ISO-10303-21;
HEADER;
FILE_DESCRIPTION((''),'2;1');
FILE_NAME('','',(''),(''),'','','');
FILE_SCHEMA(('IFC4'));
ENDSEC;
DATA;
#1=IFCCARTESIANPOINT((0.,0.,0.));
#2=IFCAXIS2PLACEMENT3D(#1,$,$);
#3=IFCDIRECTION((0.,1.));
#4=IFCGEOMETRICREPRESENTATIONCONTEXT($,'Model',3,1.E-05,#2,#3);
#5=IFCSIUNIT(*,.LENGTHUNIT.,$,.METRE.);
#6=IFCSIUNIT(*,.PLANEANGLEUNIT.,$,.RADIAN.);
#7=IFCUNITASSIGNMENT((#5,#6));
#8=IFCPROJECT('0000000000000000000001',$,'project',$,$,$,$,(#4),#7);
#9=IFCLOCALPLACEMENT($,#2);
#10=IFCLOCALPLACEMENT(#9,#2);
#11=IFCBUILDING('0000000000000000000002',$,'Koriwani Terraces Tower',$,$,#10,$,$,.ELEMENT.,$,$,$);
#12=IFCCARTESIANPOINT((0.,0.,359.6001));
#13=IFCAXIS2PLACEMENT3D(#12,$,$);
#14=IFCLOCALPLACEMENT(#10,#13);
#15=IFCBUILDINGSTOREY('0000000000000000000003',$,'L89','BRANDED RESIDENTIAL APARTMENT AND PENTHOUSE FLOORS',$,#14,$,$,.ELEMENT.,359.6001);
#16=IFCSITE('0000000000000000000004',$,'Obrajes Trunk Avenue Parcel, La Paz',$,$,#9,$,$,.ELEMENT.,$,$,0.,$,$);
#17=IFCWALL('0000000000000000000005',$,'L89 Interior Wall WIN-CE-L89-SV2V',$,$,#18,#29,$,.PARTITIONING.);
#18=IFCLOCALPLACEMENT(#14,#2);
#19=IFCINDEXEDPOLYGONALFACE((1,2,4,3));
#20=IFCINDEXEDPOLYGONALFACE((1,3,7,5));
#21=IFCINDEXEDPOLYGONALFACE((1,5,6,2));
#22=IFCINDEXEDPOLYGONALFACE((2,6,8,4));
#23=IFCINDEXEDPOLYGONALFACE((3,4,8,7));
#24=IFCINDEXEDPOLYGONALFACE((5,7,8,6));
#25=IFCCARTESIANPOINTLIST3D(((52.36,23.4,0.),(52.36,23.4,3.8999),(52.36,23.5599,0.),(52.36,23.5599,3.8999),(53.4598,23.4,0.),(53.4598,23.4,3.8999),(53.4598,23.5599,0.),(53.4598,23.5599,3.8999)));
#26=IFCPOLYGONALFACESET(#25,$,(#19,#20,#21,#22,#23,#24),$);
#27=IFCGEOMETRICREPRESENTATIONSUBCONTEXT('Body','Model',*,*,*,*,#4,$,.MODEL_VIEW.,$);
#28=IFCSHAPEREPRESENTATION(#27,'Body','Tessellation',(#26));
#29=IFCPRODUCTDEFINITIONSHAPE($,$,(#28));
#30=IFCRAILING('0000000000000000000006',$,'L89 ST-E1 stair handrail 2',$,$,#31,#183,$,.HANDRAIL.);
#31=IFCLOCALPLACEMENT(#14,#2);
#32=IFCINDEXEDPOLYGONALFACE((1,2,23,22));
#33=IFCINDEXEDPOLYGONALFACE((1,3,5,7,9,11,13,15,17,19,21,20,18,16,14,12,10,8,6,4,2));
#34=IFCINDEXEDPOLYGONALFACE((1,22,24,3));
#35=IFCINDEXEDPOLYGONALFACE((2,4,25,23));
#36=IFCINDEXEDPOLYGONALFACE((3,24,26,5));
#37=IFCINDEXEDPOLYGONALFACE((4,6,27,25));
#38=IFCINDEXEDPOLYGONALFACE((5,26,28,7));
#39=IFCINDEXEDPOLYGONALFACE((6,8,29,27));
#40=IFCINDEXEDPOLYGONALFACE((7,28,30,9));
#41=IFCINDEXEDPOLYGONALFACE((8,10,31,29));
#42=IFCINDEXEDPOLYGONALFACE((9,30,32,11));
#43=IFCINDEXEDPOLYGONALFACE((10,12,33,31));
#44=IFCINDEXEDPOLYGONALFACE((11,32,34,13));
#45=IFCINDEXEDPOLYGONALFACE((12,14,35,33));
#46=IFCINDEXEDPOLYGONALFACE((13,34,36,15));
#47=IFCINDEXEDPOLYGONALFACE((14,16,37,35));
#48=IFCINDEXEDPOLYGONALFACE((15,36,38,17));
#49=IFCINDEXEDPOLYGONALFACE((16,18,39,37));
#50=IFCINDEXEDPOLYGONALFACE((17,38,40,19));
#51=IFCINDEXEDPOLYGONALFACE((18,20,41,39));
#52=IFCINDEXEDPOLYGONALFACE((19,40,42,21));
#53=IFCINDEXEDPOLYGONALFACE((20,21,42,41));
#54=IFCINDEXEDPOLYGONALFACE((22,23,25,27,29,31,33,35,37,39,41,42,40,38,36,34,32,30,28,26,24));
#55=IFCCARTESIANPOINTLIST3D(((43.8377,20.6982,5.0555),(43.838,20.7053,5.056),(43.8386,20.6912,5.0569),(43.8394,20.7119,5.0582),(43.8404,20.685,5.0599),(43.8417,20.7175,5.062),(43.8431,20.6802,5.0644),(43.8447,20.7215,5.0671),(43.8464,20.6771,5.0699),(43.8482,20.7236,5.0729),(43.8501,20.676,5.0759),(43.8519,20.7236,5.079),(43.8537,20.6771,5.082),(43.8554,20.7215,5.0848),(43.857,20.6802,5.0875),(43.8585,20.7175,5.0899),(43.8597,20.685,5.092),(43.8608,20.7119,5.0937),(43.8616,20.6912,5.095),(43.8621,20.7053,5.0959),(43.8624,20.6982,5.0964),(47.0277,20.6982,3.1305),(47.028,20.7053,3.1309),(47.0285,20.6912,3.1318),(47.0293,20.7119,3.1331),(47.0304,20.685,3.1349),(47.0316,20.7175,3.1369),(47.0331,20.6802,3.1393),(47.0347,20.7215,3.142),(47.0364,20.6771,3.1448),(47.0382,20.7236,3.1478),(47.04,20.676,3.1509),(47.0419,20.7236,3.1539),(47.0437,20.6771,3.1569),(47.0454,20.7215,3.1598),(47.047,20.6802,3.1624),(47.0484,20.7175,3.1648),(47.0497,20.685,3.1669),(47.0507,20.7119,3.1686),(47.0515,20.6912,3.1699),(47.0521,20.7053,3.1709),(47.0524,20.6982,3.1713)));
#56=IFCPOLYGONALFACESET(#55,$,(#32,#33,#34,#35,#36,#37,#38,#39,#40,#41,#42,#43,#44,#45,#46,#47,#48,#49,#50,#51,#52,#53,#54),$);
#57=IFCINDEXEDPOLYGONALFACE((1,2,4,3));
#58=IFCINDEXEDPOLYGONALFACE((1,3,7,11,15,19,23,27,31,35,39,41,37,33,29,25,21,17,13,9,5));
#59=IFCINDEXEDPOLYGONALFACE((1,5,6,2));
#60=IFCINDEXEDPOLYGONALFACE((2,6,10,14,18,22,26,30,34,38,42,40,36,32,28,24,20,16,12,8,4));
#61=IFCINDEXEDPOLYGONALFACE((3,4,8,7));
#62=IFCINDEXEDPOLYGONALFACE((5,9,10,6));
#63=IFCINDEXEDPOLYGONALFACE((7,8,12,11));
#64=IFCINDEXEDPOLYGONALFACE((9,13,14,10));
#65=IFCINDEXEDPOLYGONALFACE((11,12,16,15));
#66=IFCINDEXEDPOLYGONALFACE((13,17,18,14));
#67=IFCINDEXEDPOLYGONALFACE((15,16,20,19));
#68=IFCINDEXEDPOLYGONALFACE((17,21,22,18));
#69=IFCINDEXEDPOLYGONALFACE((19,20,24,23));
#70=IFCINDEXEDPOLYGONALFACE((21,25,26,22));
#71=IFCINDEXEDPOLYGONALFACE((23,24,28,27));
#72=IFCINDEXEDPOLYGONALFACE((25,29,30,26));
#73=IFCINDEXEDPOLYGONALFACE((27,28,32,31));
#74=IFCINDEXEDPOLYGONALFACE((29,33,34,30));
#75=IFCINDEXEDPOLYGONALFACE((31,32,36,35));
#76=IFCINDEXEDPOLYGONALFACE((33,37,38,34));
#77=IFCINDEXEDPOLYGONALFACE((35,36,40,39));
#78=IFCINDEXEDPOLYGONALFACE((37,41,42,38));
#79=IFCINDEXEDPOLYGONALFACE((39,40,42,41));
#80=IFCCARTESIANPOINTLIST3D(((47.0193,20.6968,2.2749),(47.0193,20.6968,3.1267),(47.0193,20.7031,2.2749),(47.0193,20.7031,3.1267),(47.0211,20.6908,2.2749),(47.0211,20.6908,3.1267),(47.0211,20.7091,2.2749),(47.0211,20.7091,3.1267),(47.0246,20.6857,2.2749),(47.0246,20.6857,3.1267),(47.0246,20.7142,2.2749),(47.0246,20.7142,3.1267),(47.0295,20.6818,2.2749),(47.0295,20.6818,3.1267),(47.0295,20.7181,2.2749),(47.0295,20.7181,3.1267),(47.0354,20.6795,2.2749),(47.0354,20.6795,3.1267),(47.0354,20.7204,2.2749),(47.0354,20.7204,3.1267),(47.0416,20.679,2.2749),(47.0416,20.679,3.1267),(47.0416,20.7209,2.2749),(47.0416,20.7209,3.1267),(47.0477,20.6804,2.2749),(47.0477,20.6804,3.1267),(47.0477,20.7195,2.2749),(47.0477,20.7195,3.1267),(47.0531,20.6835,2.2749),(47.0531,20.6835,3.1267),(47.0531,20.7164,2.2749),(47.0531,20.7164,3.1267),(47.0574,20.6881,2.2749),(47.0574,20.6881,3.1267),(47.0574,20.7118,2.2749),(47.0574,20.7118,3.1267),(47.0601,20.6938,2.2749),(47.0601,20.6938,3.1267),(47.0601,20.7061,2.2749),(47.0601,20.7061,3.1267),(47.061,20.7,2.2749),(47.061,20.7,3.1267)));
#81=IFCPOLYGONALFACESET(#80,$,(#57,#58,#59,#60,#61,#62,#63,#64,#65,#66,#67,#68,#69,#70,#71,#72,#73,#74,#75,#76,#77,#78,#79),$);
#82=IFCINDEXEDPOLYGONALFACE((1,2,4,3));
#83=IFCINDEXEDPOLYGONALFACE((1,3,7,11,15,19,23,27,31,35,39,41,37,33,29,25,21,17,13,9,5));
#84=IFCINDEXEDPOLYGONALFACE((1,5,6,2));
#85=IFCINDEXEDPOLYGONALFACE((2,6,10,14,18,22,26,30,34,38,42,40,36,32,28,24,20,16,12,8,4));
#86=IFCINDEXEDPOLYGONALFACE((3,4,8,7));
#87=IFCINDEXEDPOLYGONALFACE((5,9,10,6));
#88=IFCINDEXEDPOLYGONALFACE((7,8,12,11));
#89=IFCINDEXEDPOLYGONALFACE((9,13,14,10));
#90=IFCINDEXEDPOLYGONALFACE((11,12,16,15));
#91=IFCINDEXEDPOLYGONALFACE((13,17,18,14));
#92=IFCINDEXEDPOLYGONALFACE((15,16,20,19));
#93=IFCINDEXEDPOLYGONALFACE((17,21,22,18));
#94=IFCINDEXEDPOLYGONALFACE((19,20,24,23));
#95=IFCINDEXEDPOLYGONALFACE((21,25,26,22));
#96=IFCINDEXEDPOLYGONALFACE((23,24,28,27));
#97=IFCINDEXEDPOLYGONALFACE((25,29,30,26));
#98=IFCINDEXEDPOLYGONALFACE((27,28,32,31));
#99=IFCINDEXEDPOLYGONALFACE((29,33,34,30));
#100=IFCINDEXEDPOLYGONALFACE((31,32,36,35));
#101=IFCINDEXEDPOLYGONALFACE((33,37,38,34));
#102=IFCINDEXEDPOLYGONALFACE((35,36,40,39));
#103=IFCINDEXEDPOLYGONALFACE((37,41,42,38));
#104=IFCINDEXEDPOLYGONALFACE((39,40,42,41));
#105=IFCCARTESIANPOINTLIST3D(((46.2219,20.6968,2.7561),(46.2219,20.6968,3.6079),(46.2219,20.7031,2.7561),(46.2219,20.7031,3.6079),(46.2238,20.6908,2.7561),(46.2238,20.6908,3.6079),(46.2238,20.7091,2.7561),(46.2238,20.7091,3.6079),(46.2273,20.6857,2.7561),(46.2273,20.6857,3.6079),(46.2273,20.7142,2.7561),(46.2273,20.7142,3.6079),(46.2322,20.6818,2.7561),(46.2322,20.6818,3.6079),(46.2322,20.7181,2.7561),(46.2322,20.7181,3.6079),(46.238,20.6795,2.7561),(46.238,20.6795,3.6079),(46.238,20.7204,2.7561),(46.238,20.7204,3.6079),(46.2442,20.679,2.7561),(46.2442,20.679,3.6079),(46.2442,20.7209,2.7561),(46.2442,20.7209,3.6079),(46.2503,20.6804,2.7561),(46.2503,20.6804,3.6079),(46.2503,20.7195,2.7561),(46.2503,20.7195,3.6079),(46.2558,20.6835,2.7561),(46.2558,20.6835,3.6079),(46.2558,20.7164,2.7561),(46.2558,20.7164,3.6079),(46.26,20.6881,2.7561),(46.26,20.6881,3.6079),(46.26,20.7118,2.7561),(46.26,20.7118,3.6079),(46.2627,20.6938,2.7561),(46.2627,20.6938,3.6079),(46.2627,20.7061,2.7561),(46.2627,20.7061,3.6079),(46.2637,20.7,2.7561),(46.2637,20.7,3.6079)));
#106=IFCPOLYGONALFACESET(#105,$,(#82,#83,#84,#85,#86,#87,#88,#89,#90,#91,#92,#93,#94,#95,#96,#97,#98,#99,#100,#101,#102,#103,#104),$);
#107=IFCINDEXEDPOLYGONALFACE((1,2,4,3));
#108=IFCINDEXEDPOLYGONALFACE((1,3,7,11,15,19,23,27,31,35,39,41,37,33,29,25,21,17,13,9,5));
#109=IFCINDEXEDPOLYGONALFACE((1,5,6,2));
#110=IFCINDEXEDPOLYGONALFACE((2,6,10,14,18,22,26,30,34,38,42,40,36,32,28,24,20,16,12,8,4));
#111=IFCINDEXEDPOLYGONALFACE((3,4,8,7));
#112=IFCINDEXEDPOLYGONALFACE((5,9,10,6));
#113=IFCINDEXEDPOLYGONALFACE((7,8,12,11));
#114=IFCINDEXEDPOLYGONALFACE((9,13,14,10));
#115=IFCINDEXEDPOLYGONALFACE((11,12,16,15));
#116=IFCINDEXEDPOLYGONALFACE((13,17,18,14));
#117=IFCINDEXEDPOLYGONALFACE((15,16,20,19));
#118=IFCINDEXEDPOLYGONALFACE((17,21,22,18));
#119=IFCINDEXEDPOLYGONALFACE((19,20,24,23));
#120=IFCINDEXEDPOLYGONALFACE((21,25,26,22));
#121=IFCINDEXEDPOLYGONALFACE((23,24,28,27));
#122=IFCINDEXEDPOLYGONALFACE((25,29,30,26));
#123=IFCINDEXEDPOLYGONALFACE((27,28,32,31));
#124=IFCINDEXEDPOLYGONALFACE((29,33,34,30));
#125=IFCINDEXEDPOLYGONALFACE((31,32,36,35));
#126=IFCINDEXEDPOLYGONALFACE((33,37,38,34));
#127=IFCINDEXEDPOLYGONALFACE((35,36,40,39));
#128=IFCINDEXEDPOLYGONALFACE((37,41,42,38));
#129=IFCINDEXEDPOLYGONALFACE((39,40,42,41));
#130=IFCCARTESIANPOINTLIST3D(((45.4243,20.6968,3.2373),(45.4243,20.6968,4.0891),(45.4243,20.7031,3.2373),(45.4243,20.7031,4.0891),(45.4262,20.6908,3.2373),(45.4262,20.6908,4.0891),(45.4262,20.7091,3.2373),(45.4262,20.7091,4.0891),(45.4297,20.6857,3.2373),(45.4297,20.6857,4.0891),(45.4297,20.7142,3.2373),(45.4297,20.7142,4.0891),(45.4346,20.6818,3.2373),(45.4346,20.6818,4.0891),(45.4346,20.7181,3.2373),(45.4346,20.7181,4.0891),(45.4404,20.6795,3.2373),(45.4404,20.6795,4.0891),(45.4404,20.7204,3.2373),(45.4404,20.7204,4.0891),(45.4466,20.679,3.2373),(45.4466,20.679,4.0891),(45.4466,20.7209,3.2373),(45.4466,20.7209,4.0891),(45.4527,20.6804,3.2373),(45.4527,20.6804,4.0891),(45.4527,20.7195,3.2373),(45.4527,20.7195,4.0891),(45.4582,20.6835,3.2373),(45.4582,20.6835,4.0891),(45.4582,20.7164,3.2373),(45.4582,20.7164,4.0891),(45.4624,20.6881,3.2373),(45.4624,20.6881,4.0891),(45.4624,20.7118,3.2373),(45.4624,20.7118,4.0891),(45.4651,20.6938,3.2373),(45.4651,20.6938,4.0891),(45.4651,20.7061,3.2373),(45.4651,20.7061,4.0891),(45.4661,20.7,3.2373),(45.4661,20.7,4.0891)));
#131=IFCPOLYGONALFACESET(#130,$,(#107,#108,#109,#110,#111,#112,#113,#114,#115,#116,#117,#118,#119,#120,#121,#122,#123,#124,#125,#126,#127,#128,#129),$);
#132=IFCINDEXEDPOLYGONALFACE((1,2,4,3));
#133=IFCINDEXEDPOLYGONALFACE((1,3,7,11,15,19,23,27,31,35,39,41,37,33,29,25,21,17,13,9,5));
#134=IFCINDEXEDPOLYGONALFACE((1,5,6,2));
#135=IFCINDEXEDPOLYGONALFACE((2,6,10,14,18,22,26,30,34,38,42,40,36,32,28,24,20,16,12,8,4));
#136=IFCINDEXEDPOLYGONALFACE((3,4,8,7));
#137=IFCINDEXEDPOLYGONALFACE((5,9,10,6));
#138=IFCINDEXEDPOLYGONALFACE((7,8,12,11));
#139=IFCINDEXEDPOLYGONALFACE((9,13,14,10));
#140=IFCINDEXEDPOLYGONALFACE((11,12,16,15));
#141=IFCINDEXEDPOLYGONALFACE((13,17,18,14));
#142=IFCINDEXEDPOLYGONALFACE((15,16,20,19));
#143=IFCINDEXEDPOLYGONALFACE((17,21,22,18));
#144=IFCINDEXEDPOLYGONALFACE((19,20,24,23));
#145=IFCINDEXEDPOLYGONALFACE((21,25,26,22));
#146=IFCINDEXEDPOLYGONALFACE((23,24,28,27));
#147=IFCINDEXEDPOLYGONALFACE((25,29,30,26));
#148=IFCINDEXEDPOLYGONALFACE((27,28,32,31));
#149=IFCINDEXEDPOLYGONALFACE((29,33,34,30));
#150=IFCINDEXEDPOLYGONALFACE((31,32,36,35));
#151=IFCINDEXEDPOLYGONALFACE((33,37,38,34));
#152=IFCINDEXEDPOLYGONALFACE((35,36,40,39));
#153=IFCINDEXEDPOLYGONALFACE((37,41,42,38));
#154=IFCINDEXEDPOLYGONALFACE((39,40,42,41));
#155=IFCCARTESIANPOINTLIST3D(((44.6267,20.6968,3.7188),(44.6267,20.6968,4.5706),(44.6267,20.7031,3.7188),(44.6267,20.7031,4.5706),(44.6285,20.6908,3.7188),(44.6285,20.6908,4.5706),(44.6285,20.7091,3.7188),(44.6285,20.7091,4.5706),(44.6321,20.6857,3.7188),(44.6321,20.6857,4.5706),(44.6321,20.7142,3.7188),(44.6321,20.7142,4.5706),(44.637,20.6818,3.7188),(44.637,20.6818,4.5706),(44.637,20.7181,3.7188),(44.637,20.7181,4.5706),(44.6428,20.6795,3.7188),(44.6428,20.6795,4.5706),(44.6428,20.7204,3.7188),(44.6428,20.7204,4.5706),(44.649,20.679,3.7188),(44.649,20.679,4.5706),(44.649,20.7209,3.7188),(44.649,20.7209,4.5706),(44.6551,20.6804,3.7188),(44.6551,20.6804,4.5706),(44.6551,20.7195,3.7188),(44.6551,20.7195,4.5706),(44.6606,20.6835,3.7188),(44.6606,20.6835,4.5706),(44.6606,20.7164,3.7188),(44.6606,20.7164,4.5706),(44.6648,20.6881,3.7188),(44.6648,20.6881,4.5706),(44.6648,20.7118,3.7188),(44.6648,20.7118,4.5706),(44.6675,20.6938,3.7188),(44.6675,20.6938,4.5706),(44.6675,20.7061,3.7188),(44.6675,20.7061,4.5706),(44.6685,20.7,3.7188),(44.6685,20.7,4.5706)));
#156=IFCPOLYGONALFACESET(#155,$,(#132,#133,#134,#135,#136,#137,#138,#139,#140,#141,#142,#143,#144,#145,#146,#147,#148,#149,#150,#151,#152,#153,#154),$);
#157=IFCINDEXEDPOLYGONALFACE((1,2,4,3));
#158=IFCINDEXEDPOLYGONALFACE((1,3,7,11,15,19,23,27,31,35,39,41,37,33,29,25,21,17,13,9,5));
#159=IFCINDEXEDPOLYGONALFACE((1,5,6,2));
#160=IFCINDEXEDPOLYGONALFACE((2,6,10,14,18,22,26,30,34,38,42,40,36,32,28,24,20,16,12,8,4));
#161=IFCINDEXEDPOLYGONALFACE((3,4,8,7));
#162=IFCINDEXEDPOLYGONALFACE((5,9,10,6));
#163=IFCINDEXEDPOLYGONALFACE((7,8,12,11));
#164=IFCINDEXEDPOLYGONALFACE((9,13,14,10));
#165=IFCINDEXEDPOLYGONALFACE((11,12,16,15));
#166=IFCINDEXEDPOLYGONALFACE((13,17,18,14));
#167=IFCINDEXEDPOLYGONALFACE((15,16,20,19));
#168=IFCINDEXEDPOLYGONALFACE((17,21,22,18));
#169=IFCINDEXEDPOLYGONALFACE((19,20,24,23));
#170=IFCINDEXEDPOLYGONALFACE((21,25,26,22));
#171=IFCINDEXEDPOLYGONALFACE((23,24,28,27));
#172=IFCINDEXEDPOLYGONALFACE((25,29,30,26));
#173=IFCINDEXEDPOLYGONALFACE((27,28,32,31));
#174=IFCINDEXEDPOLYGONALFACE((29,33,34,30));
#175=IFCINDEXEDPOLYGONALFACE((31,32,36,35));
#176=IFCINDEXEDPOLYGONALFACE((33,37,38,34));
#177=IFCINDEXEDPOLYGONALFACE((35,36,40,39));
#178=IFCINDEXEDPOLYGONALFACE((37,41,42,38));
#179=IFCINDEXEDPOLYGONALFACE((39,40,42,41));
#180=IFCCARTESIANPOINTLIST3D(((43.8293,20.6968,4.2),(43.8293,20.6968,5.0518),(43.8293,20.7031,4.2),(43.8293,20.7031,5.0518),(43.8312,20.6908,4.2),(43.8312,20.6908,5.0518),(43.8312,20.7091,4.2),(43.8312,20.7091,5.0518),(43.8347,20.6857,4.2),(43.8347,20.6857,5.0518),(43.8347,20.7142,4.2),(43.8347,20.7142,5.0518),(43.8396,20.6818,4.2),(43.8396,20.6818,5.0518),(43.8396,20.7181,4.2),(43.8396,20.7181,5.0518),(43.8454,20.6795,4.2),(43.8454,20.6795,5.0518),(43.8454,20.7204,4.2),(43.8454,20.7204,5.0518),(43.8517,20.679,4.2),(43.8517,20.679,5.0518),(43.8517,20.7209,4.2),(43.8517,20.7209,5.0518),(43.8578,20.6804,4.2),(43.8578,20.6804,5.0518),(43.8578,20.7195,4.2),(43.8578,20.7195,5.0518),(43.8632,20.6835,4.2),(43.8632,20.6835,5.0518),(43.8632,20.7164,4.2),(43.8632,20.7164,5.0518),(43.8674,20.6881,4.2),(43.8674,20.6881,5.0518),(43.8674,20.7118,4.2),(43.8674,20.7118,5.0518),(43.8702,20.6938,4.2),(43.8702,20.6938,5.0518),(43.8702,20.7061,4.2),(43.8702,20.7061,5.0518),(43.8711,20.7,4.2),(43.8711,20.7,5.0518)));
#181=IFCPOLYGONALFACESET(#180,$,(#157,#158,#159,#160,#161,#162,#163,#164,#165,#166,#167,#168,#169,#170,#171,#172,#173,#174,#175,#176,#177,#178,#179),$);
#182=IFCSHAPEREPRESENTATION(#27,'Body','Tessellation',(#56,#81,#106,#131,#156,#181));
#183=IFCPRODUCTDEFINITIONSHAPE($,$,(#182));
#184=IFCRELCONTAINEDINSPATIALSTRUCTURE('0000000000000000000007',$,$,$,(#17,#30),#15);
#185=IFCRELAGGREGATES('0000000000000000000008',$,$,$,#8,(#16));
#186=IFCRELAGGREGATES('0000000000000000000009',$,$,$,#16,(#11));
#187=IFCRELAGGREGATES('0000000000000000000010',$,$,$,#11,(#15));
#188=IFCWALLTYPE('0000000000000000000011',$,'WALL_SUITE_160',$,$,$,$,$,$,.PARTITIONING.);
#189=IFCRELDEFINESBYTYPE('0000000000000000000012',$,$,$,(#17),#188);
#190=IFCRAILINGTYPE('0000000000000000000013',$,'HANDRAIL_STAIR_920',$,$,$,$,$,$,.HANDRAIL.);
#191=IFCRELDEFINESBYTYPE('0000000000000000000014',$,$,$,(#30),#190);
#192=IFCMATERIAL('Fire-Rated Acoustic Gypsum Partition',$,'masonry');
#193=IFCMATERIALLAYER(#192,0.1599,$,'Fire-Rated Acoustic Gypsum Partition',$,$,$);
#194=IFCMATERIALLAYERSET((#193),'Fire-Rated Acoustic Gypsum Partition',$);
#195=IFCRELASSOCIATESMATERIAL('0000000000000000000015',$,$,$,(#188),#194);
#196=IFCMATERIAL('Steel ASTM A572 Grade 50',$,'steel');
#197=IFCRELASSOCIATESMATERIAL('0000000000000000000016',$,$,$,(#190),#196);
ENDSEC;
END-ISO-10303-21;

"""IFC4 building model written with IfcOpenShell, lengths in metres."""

from ifc_helpers import new_model, si_unit, direction, frame, frame_2d, origin, origin_2d, place, context, subcontext, project, spatial, rectangle, circle, extrude, material, layer, layer_set, type_object, element, save


model = new_model("IFC4")

# Units and contexts
model_context = context("Model", 3, precision=1e-05, world=origin(), true_north=direction((0.0, 1.0)))
body_context = subcontext(model_context, "Body", "Model", "MODEL_VIEW")
ifc_project = project(units=[si_unit("LENGTHUNIT", "METRE"), si_unit("PLANEANGLEUNIT", "RADIAN")], contexts=[model_context])

# Site, building, storey
site_placement = place(None, origin())
site = spatial("IfcSite", under=ifc_project, at=site_placement, Name="Obrajes Trunk Avenue Parcel, La Paz", CompositionType="ELEMENT", RefElevation=0.0)
building_placement = place(site_placement, origin())
building = spatial("IfcBuilding", under=site, at=building_placement, Name="Koriwani Terraces Tower", CompositionType="ELEMENT")
storey_placement = place(building_placement, frame((0.0, 0.0, 359.6001)))
storey = spatial("IfcBuildingStorey", under=building, at=storey_placement, Name="L89", Description="BRANDED RESIDENTIAL APARTMENT AND PENTHOUSE FLOORS", CompositionType="ELEMENT", Elevation=359.6001)

# Shared definitions
ifc_material_1 = material(Name="Steel ASTM A572 Grade 50", Category="steel")

# Wall
ifc_material_2 = material(Name="Fire-Rated Acoustic Gypsum Partition", Category="masonry")
ifc_layer_1 = layer(ifc_material_2, 0.1599, Name="Fire-Rated Acoustic Gypsum Partition")
ifc_layer_set_1 = layer_set([ifc_layer_1], Name="Fire-Rated Acoustic Gypsum Partition")
wall_type_1 = type_object("IfcWallType", Name="WALL_SUITE_160", PredefinedType="PARTITIONING", material=ifc_layer_set_1)
wall_1_placement = place(storey_placement, frame((52.3601, 23.48, 0.0), z_axis=(0.0, 0.0, 1.0), x_axis=(1.0, 0.0, 0.0)))
element("IfcWall", 1, at=wall_1_placement, inside=storey, type_object=wall_type_1, Name="L89 Interior Wall WIN-CE-L89-SV2V", PredefinedType="PARTITIONING", context=body_context, shape_type="SweptSolid", body=[
    extrude(rectangle(XDim=1.0999, YDim=0.1599, at=frame_2d((0.5498, 0.0))), origin(), (0.0, 0.0, 1.0), 3.8999),
])

# Railing
railing_type = type_object("IfcRailingType", Name="HANDRAIL_STAIR_920", PredefinedType="HANDRAIL", material=ifc_material_1)
railing_placement = place(storey_placement, frame((47.04, 20.7, 2.2749)))
element("IfcRailing", 2, at=railing_placement, inside=storey, type_object=railing_type, Name="L89 ST-E1 stair handrail 2", PredefinedType="HANDRAIL", context=body_context, shape_type="SweptSolid", body=[
    extrude(circle(Radius=0.0239, at=origin_2d()), frame((0.0, 0.0, 0.876), z_axis=(-0.856178, 0.0, 0.516682), x_axis=(0.0, -1.0, 0.0)), (0.0, 0.0, 1.0), 3.7258),
    extrude(circle(Radius=0.021, at=origin_2d()), origin(), (0.0, 0.0, 1.0), 0.8518),
    extrude(circle(Radius=0.021, at=origin_2d()), frame((-0.7974, 0.0, 0.4812)), (0.0, 0.0, 1.0), 0.8518),
    extrude(circle(Radius=0.021, at=origin_2d()), frame((-1.595, 0.0, 0.9624)), (0.0, 0.0, 1.0), 0.8518),
    extrude(circle(Radius=0.021, at=origin_2d()), frame((-2.3926, 0.0, 1.4438)), (0.0, 0.0, 1.0), 0.8518),
    extrude(circle(Radius=0.021, at=origin_2d()), frame((-3.1899, 0.0, 1.925)), (0.0, 0.0, 1.0), 0.8518),
])

save(model, "model.ifc")
